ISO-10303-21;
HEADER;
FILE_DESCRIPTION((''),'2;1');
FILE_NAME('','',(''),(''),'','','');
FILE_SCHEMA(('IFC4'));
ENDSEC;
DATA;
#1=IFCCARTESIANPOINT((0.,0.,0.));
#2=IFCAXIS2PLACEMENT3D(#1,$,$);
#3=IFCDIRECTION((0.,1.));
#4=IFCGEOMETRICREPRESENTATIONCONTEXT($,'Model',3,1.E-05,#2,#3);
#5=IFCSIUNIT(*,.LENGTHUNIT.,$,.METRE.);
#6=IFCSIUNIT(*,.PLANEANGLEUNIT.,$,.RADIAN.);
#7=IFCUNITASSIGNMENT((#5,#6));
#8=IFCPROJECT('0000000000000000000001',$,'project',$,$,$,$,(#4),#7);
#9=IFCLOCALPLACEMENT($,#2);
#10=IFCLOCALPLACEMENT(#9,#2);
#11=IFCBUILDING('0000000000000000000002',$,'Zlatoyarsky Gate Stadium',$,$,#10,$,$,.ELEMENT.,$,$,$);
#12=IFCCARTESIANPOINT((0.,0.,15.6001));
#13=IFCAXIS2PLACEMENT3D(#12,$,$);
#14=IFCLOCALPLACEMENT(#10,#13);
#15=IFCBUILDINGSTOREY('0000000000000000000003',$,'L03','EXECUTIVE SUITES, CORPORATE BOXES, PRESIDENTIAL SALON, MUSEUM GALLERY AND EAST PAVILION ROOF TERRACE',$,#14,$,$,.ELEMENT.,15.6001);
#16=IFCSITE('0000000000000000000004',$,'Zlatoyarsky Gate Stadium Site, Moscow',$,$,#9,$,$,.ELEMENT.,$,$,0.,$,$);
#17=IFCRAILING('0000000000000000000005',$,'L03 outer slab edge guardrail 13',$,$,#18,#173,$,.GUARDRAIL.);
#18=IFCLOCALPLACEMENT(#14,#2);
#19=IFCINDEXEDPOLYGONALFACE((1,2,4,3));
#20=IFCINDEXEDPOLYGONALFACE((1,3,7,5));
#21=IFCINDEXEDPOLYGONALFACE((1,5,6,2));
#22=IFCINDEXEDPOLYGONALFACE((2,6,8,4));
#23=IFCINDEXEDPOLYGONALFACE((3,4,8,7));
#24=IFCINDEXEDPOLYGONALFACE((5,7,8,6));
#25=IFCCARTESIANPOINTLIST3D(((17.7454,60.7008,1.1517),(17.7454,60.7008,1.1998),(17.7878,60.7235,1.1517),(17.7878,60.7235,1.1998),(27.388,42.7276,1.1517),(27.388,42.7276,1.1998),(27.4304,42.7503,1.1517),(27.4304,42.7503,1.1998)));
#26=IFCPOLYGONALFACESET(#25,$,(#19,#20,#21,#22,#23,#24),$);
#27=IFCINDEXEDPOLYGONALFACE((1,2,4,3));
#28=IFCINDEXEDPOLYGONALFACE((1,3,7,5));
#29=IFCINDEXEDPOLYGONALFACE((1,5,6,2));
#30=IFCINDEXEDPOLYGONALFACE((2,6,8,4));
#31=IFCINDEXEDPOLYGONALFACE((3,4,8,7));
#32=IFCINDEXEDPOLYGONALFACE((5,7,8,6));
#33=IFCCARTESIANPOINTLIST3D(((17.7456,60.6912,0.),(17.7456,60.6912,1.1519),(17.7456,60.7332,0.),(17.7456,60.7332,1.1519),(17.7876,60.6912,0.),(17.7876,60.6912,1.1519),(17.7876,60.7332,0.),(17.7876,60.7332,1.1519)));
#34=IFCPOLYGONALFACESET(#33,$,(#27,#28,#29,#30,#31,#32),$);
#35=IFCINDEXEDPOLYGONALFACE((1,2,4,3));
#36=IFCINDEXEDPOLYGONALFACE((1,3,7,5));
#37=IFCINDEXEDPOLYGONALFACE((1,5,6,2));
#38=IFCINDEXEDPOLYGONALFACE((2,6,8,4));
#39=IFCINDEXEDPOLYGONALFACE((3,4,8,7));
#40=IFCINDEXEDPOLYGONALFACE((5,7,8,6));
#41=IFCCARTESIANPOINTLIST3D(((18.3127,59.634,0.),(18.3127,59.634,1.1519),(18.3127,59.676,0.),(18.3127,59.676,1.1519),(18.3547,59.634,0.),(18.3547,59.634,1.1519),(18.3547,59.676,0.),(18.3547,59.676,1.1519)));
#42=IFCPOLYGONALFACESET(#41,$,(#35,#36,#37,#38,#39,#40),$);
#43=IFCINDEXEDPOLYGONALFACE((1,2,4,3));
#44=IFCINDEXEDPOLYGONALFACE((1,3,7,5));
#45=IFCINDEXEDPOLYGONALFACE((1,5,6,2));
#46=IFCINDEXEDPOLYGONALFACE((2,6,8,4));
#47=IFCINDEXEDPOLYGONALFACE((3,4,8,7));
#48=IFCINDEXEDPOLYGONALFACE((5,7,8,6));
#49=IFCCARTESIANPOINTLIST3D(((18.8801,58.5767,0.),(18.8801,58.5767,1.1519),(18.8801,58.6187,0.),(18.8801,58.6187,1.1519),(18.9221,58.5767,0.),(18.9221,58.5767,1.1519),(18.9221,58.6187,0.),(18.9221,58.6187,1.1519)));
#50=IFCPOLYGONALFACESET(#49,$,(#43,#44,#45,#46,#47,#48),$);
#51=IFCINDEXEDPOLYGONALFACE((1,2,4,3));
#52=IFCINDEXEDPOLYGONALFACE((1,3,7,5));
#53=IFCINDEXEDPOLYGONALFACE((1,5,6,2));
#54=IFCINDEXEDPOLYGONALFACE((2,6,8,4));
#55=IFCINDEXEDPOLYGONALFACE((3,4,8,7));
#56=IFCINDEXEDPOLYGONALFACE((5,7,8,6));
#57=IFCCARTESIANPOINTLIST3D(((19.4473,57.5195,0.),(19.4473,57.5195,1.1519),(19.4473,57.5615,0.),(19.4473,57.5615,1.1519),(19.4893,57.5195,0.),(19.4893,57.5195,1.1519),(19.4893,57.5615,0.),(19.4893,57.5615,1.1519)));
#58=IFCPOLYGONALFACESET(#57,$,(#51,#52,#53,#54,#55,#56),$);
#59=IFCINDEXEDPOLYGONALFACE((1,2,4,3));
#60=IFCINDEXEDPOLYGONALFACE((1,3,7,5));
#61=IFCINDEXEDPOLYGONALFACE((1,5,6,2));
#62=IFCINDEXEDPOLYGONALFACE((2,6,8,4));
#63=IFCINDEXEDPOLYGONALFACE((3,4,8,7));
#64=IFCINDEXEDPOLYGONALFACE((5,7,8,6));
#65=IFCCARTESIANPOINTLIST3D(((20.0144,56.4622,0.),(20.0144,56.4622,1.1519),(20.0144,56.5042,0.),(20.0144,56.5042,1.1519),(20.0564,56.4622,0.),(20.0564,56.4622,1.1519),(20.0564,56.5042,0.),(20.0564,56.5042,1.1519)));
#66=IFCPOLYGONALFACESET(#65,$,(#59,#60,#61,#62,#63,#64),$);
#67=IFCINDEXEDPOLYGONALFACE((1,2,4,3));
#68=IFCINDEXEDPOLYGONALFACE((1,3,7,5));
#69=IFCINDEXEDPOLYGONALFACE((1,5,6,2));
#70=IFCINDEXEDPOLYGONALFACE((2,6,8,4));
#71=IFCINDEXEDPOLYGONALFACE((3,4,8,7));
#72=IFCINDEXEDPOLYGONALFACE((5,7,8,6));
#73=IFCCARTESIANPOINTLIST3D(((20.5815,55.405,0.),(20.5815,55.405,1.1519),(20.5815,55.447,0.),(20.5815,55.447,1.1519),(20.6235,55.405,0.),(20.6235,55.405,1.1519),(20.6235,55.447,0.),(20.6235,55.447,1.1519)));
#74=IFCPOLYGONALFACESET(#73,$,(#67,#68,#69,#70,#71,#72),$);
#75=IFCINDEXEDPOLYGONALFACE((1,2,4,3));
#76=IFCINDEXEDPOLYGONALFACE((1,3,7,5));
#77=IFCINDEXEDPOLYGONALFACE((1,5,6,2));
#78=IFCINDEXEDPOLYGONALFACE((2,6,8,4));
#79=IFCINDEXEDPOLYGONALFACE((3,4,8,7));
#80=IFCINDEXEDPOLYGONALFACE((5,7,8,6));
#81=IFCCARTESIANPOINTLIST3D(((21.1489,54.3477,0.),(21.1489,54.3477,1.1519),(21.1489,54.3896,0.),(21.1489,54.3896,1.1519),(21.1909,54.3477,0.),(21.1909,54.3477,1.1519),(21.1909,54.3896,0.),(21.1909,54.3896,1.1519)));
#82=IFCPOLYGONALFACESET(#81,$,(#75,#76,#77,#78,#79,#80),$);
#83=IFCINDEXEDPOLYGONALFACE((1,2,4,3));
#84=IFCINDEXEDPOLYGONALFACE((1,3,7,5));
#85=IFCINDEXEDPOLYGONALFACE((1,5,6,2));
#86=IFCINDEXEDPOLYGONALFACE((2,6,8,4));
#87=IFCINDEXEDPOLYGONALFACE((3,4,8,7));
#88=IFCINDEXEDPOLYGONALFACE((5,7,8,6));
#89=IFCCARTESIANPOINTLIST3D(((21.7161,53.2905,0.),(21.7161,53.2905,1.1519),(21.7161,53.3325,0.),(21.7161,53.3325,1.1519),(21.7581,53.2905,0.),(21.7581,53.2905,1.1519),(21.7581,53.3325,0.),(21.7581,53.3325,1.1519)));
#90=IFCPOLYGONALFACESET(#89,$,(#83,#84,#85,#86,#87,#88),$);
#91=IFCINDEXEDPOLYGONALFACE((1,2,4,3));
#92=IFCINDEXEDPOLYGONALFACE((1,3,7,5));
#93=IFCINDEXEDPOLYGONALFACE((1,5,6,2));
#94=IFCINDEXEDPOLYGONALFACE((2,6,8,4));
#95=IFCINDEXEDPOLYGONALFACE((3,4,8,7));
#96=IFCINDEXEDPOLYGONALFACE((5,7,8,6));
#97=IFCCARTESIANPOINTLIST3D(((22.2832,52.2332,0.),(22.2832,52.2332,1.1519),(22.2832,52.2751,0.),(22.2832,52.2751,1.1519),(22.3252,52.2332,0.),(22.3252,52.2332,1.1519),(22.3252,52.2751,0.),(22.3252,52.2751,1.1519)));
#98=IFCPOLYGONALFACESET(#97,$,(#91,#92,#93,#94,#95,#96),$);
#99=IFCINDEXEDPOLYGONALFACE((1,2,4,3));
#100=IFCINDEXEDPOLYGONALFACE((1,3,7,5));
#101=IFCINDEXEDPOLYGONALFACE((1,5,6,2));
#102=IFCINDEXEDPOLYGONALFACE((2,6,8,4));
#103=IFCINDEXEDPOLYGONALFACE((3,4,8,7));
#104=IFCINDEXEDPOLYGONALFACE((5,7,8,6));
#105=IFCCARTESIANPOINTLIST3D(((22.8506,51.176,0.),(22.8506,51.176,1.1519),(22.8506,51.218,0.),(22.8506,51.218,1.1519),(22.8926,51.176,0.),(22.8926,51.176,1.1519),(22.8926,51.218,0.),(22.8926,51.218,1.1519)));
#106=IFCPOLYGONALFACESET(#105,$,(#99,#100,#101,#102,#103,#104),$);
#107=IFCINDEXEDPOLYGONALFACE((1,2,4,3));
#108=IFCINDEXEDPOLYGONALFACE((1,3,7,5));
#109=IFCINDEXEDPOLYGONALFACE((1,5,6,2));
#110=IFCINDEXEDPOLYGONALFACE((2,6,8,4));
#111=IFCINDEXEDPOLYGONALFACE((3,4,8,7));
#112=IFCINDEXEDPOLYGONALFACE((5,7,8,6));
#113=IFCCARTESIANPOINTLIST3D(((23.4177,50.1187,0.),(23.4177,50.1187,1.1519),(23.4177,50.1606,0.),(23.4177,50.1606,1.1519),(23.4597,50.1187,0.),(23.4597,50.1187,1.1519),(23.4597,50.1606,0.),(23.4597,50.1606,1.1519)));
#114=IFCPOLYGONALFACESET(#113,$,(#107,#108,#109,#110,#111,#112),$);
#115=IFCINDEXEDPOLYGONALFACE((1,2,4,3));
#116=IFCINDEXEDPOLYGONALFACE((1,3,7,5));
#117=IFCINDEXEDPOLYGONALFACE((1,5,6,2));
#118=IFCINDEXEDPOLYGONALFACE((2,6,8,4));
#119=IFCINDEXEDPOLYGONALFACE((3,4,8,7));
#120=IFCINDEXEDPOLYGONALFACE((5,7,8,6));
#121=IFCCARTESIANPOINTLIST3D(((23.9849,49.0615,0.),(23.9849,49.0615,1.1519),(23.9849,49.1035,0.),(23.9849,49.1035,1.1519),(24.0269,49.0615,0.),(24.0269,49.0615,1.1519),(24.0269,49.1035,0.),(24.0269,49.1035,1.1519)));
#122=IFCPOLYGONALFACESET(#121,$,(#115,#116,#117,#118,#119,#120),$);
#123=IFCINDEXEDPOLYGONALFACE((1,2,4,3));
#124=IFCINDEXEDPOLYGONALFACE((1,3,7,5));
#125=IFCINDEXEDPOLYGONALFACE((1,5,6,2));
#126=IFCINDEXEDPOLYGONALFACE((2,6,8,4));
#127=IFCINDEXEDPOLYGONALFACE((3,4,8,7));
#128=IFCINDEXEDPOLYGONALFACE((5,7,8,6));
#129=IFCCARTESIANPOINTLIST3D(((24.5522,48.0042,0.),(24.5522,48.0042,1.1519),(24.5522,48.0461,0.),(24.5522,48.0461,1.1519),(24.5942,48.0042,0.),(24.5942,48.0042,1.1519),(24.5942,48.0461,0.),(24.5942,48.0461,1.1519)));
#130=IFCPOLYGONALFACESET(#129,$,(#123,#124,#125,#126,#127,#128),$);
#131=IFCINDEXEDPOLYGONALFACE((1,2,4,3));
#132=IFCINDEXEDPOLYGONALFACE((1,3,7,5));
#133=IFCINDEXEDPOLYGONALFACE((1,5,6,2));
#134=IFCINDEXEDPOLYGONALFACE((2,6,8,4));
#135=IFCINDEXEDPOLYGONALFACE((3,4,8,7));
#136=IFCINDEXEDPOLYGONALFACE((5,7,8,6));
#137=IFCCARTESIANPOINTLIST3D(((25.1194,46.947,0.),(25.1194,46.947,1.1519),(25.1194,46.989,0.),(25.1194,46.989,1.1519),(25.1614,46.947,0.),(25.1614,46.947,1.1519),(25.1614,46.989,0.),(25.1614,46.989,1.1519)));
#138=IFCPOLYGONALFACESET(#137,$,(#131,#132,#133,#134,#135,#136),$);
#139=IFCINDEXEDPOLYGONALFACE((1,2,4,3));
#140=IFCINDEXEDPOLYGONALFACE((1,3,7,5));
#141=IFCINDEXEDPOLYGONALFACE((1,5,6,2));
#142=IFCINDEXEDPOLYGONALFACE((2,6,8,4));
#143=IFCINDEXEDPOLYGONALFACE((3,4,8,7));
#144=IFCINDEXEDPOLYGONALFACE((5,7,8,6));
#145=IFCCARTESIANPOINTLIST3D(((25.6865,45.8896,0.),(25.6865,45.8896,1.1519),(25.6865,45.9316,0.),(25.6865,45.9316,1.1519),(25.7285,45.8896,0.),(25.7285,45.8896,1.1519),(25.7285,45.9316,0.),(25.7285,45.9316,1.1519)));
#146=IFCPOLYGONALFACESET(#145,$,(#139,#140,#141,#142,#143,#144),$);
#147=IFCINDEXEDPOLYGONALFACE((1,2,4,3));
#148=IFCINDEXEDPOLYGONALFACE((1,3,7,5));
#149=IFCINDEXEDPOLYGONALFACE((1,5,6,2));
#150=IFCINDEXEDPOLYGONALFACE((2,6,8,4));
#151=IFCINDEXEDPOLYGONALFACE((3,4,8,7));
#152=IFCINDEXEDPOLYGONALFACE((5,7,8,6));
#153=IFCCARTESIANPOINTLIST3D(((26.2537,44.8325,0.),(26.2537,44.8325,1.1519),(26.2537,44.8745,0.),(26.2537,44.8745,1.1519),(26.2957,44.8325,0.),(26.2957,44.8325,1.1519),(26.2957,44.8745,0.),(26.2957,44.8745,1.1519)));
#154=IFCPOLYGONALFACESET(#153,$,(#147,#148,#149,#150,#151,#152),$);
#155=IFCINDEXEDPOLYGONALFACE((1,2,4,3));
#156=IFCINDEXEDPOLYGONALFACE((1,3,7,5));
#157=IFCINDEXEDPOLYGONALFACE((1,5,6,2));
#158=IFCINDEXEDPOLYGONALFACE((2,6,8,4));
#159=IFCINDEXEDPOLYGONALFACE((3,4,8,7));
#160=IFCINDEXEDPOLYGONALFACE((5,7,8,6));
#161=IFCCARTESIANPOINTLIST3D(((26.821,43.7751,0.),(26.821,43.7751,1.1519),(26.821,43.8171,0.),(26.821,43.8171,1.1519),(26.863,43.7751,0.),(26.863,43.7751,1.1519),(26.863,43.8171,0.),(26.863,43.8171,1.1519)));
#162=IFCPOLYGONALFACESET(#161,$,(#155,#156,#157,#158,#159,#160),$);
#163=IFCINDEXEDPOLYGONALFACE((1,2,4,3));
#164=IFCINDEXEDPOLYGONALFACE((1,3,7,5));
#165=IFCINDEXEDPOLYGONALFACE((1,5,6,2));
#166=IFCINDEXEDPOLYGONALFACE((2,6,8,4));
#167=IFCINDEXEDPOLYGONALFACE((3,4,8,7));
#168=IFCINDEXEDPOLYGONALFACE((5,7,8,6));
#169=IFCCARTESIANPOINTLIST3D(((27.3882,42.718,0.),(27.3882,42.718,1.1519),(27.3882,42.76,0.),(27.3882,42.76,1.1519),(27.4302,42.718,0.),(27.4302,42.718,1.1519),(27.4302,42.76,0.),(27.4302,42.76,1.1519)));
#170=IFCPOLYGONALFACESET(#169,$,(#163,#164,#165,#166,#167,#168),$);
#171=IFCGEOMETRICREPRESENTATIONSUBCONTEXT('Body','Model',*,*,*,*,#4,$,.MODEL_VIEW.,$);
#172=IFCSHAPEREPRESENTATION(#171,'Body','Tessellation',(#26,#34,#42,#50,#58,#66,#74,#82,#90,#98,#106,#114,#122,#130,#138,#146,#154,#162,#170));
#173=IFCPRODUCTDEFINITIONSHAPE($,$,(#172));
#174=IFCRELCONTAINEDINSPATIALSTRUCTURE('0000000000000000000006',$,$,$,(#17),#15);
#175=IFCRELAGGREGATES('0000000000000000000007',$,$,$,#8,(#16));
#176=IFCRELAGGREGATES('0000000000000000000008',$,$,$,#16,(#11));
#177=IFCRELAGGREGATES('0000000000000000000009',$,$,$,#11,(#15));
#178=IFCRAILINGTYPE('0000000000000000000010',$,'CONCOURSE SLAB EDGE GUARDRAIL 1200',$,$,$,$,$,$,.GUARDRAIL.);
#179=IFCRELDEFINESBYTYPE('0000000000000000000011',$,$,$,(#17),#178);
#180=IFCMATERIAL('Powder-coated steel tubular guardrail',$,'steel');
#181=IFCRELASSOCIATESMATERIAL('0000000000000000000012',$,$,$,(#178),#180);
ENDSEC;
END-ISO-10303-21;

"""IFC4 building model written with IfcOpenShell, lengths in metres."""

from ifc_helpers import new_model, si_unit, direction, frame, origin, origin_2d, place, context, subcontext, project, spatial, rectangle, extrude, material, type_object, element, save


model = new_model("IFC4")

# Units and contexts
model_context = context("Model", 3, precision=1e-05, world=origin(), true_north=direction((0.0, 1.0)))
body_context = subcontext(model_context, "Body", "Model", "MODEL_VIEW")
ifc_project = project(units=[si_unit("LENGTHUNIT", "METRE"), si_unit("PLANEANGLEUNIT", "RADIAN")], contexts=[model_context])

# Site, building, storey
site_placement = place(None, origin())
site = spatial("IfcSite", under=ifc_project, at=site_placement, Name="Zlatoyarsky Gate Stadium Site, Moscow", CompositionType="ELEMENT", RefElevation=0.0)
building_placement = place(site_placement, origin())
building = spatial("IfcBuilding", under=site, at=building_placement, Name="Zlatoyarsky Gate Stadium", CompositionType="ELEMENT")
storey_placement = place(building_placement, frame((0.0, 0.0, 15.6001)))
storey = spatial("IfcBuildingStorey", under=building, at=storey_placement, Name="L03", Description="EXECUTIVE SUITES, CORPORATE BOXES, PRESIDENTIAL SALON, MUSEUM GALLERY AND EAST PAVILION ROOF TERRACE", CompositionType="ELEMENT", Elevation=15.6001)

# Railing
ifc_material_1 = material(Name="Powder-coated steel tubular guardrail", Category="steel")
railing_type = type_object("IfcRailingType", Name="CONCOURSE SLAB EDGE GUARDRAIL 1200", PredefinedType="GUARDRAIL", material=ifc_material_1)
railing_placement = place(storey_placement, frame((17.7666, 60.7122, 0.0)))
element("IfcRailing", 1, at=railing_placement, inside=storey, type_object=railing_type, Name="L03 outer slab edge guardrail 13", PredefinedType="GUARDRAIL", context=body_context, shape_type="SweptSolid", body=[
    extrude(rectangle(XDim=0.0481, YDim=0.0481, at=origin_2d()), frame((0.0, 0.0, 1.1758), z_axis=(0.472759, -0.881192, 0.0), x_axis=(0.881192, 0.472759, 0.0)), (0.0, 0.0, 1.0), 20.3965),
    extrude(rectangle(XDim=0.042, YDim=0.042, at=origin_2d()), origin(), (0.0, 0.0, 1.0), 1.1519),
    extrude(rectangle(XDim=0.042, YDim=0.042, at=origin_2d()), frame((0.5671, -1.0571, 0.0)), (0.0, 0.0, 1.0), 1.1519),
    extrude(rectangle(XDim=0.042, YDim=0.042, at=origin_2d()), frame((1.1345, -2.1145, 0.0)), (0.0, 0.0, 1.0), 1.1519),
    extrude(rectangle(XDim=0.042, YDim=0.042, at=origin_2d()), frame((1.7017, -3.1716, 0.0)), (0.0, 0.0, 1.0), 1.1519),
    extrude(rectangle(XDim=0.042, YDim=0.042, at=origin_2d()), frame((2.2688, -4.229, 0.0)), (0.0, 0.0, 1.0), 1.1519),
    extrude(rectangle(XDim=0.042, YDim=0.042, at=origin_2d()), frame((2.8359, -5.2861, 0.0)), (0.0, 0.0, 1.0), 1.1519),
    extrude(rectangle(XDim=0.042, YDim=0.042, at=origin_2d()), frame((3.4033, -6.3435, 0.0)), (0.0, 0.0, 1.0), 1.1519),
    extrude(rectangle(XDim=0.042, YDim=0.042, at=origin_2d()), frame((3.9705, -7.4006, 0.0)), (0.0, 0.0, 1.0), 1.1519),
    extrude(rectangle(XDim=0.042, YDim=0.042, at=origin_2d()), frame((4.5376, -8.458, 0.0)), (0.0, 0.0, 1.0), 1.1519),
    extrude(rectangle(XDim=0.042, YDim=0.042, at=origin_2d()), frame((5.105, -9.5151, 0.0)), (0.0, 0.0, 1.0), 1.1519),
    extrude(rectangle(XDim=0.042, YDim=0.042, at=origin_2d()), frame((5.6721, -10.5725, 0.0)), (0.0, 0.0, 1.0), 1.1519),
    extrude(rectangle(XDim=0.042, YDim=0.042, at=origin_2d()), frame((6.2393, -11.6296, 0.0)), (0.0, 0.0, 1.0), 1.1519),
    extrude(rectangle(XDim=0.042, YDim=0.042, at=origin_2d()), frame((6.8066, -12.687, 0.0)), (0.0, 0.0, 1.0), 1.1519),
    extrude(rectangle(XDim=0.042, YDim=0.042, at=origin_2d()), frame((7.3738, -13.7441, 0.0)), (0.0, 0.0, 1.0), 1.1519),
    extrude(rectangle(XDim=0.042, YDim=0.042, at=origin_2d()), frame((7.9409, -14.8015, 0.0)), (0.0, 0.0, 1.0), 1.1519),
    extrude(rectangle(XDim=0.042, YDim=0.042, at=origin_2d()), frame((8.5081, -15.8586, 0.0)), (0.0, 0.0, 1.0), 1.1519),
    extrude(rectangle(XDim=0.042, YDim=0.042, at=origin_2d()), frame((9.0754, -16.916, 0.0)), (0.0, 0.0, 1.0), 1.1519),
    extrude(rectangle(XDim=0.042, YDim=0.042, at=origin_2d()), frame((9.6426, -17.9731, 0.0)), (0.0, 0.0, 1.0), 1.1519),
])

save(model, "model.ifc")
